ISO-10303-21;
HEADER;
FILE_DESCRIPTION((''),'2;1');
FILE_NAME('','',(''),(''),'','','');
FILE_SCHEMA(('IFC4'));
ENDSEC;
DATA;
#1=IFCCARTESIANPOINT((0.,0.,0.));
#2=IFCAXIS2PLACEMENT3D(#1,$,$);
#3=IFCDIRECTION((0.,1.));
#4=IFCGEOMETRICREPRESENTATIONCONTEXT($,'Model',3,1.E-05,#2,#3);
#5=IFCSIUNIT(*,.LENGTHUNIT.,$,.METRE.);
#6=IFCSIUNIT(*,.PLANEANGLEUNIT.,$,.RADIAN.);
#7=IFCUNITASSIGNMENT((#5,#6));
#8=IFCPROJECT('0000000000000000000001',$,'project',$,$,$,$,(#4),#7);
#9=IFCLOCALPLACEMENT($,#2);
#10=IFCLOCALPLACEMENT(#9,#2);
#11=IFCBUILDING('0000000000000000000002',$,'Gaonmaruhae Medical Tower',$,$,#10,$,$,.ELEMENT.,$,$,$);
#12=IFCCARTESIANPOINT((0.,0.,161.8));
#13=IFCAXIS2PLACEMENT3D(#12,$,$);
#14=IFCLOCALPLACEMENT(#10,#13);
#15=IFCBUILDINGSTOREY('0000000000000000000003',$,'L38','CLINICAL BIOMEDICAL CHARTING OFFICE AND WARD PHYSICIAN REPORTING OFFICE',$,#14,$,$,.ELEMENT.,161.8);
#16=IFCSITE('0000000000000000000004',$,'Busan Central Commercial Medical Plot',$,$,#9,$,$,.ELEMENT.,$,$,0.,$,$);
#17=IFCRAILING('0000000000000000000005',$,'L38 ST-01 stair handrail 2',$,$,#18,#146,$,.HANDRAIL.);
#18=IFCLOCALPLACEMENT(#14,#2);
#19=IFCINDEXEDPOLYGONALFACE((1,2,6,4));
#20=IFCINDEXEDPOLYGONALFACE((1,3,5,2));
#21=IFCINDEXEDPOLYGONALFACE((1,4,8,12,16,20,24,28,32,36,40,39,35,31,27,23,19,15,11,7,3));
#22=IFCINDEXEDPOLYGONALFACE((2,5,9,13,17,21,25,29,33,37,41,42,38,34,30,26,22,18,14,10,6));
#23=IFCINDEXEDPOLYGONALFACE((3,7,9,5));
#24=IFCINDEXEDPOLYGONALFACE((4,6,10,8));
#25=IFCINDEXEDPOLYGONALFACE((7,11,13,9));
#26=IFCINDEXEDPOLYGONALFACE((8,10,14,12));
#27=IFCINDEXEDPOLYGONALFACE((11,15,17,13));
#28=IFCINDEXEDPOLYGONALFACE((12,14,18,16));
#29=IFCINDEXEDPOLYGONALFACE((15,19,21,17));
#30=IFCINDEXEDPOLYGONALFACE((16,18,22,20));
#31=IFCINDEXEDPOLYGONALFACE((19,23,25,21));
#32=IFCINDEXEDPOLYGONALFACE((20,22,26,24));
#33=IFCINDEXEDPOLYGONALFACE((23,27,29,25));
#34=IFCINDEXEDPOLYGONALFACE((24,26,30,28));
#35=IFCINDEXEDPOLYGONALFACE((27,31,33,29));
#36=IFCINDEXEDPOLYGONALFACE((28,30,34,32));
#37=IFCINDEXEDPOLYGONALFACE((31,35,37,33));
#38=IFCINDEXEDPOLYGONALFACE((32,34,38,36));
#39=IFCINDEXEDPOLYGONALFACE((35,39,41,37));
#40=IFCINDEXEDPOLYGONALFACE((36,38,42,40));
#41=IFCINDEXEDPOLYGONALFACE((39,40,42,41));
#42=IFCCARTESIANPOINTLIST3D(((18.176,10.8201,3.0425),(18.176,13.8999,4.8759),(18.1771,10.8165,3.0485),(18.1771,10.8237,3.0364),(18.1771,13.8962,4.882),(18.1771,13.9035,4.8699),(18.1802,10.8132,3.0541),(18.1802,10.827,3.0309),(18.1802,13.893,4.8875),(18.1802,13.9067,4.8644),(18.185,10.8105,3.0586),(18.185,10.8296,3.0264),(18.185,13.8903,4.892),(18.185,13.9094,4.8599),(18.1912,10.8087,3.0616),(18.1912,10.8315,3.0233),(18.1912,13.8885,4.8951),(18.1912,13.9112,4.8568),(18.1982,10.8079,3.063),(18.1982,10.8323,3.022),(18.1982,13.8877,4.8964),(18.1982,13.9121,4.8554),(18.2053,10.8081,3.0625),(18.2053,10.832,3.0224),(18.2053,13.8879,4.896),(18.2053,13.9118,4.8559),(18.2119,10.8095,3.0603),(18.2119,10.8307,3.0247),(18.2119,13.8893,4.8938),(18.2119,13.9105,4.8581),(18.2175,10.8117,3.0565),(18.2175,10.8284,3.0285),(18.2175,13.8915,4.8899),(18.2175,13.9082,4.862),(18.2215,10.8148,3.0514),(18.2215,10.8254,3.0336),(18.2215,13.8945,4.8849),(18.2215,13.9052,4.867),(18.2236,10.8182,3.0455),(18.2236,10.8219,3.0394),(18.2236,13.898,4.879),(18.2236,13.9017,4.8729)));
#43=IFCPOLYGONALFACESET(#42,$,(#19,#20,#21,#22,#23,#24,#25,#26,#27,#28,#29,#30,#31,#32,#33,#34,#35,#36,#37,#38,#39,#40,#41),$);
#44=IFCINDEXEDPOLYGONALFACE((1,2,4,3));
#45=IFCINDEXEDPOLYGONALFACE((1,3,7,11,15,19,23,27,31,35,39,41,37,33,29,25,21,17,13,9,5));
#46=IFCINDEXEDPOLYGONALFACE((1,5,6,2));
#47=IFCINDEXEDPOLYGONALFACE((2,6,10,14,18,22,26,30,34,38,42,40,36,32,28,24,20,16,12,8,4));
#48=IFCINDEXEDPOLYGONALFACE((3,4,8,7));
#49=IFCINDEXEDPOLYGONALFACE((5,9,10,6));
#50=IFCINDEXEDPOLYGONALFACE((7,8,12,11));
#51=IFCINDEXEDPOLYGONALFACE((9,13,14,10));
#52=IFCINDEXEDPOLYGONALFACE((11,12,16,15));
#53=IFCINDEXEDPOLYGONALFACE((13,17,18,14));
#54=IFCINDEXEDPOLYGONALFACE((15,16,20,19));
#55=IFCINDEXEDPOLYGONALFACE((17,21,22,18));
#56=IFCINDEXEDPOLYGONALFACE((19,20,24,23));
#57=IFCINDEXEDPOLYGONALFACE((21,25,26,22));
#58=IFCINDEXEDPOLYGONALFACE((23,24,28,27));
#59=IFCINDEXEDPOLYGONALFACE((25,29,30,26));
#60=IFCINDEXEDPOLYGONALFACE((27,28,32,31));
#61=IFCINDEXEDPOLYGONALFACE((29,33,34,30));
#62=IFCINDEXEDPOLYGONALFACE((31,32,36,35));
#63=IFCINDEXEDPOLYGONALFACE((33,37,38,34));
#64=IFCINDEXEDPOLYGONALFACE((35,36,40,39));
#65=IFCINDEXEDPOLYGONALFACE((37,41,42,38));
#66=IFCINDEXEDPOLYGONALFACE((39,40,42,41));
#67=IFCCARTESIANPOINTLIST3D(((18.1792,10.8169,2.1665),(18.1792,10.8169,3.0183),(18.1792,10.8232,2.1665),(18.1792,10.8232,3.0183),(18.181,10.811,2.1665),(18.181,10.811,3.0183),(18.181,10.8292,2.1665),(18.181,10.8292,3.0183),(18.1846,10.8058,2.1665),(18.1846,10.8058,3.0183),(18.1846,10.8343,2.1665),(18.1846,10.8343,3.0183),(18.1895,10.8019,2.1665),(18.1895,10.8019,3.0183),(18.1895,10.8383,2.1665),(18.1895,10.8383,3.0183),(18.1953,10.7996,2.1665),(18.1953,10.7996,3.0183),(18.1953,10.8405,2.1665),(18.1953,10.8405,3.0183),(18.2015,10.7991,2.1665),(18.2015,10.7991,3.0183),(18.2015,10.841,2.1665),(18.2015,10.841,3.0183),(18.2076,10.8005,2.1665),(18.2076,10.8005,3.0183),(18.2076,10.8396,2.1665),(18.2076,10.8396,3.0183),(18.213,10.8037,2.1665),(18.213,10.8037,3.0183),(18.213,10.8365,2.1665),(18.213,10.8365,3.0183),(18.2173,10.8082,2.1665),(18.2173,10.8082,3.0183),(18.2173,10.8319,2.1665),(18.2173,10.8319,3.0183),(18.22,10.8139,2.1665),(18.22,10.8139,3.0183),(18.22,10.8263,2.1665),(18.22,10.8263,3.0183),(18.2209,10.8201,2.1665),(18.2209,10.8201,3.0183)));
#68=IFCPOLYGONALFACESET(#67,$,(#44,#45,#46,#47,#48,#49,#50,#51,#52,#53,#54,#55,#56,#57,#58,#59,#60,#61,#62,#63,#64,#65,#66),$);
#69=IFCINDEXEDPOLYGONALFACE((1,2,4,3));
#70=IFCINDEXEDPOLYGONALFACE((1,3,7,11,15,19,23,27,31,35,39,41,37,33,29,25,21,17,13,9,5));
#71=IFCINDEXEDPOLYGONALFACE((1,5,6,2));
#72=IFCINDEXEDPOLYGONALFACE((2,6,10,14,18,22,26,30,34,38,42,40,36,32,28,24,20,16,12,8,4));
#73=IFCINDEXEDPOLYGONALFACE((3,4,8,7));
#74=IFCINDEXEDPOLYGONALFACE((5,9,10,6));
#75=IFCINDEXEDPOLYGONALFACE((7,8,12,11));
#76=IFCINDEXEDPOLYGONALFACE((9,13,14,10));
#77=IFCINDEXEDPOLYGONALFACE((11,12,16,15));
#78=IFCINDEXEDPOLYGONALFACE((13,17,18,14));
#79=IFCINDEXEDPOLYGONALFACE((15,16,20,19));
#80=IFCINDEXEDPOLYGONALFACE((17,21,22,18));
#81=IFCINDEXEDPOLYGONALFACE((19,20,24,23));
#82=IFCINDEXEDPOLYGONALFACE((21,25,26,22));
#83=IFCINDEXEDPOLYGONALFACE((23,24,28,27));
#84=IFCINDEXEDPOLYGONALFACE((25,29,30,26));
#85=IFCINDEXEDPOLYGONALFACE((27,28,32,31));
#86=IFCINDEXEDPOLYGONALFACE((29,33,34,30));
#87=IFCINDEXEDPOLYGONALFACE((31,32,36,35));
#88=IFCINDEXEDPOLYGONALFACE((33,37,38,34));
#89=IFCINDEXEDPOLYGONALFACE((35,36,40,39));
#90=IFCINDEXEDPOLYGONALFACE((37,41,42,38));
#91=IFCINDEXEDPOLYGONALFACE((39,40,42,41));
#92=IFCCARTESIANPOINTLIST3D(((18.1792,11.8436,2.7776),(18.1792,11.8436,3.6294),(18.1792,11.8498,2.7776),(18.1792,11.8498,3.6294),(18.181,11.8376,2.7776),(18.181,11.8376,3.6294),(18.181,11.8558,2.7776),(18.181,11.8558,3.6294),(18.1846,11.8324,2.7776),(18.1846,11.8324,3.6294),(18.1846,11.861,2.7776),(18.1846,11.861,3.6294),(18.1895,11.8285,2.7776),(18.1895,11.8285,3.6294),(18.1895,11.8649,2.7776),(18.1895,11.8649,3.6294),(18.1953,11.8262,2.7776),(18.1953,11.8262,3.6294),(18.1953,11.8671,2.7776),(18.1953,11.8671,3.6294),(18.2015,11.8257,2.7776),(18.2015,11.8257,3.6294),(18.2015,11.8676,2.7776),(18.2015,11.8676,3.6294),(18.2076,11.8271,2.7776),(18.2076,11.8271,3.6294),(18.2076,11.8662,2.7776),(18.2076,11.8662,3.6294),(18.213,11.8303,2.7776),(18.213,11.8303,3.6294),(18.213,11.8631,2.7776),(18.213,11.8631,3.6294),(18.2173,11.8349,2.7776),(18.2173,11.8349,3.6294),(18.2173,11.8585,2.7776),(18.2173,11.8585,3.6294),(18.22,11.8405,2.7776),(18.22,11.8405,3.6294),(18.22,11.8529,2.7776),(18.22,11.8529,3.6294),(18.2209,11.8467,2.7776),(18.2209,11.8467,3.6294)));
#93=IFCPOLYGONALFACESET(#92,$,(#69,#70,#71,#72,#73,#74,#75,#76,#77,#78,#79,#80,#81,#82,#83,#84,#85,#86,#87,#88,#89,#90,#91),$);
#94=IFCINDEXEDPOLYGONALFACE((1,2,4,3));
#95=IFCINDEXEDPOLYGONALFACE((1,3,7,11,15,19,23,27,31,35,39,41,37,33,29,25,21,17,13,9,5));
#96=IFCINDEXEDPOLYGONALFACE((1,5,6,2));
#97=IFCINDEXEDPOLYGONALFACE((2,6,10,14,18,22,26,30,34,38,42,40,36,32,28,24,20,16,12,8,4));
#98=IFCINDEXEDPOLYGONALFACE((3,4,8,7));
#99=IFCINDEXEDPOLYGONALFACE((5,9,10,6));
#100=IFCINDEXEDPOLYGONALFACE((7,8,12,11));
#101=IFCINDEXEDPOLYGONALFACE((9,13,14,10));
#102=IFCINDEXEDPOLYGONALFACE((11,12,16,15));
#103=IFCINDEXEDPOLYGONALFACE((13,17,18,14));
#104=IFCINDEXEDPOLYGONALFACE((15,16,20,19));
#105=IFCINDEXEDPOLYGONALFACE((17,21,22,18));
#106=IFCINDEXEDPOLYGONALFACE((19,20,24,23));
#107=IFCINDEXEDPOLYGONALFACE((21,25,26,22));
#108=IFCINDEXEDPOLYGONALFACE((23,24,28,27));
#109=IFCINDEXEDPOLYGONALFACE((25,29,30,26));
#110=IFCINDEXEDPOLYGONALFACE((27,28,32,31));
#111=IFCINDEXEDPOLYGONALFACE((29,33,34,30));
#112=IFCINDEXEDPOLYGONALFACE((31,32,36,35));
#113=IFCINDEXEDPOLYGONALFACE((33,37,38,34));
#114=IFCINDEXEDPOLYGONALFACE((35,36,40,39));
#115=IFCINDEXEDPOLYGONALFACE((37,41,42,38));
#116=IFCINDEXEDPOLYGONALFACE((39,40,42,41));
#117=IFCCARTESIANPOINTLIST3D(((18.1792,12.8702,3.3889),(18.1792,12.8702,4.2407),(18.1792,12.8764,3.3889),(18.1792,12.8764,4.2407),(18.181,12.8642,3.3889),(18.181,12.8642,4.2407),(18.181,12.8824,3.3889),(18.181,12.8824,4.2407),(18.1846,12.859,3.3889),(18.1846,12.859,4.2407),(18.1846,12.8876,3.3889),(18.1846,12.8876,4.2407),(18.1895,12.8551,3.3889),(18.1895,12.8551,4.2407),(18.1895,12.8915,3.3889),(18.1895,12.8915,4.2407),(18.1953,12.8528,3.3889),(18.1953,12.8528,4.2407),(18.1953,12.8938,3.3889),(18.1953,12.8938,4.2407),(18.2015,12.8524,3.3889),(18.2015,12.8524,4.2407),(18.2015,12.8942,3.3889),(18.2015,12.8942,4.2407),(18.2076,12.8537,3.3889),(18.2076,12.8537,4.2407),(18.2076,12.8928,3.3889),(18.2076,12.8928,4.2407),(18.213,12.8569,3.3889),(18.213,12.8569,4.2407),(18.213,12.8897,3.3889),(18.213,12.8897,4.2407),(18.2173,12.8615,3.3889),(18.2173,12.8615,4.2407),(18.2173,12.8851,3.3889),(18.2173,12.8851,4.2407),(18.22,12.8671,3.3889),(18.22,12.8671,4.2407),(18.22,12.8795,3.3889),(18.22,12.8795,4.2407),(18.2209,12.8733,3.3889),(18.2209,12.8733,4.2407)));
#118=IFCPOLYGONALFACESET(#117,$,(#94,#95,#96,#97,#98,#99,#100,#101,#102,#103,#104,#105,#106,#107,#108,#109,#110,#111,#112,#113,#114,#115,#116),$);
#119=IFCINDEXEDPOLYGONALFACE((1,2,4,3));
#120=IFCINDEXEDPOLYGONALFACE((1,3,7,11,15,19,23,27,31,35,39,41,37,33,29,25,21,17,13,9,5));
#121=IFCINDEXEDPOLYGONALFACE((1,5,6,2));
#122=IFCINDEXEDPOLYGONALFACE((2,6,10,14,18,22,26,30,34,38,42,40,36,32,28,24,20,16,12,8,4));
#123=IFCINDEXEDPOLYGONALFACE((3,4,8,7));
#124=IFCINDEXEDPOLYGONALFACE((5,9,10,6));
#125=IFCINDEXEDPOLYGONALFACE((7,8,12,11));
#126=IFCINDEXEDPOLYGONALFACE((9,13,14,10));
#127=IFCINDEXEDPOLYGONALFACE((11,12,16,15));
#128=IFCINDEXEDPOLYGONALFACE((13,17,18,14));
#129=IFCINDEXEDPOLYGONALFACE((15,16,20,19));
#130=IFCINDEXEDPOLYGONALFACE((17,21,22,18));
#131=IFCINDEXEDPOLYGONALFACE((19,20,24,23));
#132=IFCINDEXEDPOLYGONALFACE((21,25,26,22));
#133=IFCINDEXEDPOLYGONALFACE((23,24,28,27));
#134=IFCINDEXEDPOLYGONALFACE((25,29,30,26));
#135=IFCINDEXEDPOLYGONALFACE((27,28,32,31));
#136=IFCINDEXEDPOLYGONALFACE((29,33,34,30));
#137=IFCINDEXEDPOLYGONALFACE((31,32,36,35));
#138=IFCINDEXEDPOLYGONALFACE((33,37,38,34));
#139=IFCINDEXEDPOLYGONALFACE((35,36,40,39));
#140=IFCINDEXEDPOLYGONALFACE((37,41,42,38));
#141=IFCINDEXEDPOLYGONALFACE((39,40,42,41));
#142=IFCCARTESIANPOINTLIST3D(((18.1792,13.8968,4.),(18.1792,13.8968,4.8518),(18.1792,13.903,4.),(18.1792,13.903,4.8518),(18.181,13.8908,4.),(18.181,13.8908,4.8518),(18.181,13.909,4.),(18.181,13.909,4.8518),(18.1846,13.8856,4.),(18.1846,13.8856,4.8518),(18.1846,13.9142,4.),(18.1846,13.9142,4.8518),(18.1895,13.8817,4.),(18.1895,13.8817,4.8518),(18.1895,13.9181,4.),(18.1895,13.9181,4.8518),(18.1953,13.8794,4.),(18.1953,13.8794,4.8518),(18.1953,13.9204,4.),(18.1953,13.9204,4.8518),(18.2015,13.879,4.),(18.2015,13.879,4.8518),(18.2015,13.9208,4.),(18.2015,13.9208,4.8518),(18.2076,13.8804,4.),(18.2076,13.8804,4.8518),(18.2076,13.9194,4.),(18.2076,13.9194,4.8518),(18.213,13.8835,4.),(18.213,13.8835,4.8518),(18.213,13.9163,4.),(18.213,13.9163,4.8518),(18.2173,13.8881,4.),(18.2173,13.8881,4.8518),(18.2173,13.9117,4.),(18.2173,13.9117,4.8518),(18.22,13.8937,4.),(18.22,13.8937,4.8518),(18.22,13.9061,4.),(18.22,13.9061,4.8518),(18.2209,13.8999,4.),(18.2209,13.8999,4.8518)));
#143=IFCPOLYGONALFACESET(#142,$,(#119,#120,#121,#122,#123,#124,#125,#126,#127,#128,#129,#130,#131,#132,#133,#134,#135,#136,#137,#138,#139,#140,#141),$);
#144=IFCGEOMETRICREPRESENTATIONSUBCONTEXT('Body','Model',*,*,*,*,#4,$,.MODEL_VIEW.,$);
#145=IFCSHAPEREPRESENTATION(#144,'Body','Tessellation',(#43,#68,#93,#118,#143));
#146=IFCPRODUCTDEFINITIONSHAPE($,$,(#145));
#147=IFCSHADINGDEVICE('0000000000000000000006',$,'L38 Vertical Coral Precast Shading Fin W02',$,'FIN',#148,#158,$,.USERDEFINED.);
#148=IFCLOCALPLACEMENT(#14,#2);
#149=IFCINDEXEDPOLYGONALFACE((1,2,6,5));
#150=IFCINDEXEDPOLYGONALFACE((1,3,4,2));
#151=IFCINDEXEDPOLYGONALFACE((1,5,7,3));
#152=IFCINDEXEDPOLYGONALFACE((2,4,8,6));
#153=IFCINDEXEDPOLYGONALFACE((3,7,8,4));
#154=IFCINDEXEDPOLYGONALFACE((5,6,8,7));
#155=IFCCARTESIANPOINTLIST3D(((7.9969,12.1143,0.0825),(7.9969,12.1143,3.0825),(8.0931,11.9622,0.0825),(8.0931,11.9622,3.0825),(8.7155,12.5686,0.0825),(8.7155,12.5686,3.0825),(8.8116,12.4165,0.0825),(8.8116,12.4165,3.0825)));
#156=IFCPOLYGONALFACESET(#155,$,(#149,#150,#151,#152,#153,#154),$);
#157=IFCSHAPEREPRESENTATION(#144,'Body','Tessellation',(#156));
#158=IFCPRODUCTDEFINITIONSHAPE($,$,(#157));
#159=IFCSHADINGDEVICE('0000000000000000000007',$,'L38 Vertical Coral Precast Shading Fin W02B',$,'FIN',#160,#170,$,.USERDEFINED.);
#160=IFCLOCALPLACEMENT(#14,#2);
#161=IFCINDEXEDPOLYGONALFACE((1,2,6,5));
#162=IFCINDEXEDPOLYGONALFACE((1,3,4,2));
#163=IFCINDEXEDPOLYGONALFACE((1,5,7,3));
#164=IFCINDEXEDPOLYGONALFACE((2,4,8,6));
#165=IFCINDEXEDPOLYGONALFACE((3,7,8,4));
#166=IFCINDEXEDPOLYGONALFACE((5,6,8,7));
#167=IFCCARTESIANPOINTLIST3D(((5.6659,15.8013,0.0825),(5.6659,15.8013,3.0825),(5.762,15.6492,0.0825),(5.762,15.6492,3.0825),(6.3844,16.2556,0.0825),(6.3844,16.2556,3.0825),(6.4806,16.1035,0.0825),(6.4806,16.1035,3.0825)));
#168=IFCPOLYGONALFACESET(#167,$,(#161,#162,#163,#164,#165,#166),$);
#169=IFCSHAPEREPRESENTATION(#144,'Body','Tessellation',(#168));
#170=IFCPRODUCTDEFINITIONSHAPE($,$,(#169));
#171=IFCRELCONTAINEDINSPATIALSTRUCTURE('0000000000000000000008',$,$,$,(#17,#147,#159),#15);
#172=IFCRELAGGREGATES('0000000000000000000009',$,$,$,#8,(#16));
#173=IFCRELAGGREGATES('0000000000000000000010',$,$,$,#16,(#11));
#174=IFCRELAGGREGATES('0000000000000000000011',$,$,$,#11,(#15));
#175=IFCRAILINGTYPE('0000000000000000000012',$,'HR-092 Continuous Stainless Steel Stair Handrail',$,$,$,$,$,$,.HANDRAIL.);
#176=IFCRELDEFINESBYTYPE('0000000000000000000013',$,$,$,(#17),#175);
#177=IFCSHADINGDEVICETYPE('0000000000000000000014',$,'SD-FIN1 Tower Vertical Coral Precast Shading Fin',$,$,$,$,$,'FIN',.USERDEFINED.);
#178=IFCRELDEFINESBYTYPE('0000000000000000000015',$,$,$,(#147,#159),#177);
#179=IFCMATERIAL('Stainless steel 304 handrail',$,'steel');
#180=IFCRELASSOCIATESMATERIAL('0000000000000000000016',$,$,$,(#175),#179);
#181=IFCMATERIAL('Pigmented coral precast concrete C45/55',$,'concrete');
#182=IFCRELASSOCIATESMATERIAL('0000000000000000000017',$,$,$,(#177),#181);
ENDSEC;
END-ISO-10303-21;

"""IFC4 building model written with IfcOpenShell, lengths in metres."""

from ifc_helpers import new_model, si_unit, direction, frame, origin, origin_2d, place, context, subcontext, project, spatial, rectangle, circle, extrude, material, type_object, element, save


model = new_model("IFC4")

# Units and contexts
model_context = context("Model", 3, precision=1e-05, world=origin(), true_north=direction((0.0, 1.0)))
body_context = subcontext(model_context, "Body", "Model", "MODEL_VIEW")
ifc_project = project(units=[si_unit("LENGTHUNIT", "METRE"), si_unit("PLANEANGLEUNIT", "RADIAN")], contexts=[model_context])

# Site, building, storey
site_placement = place(None, origin())
site = spatial("IfcSite", under=ifc_project, at=site_placement, Name="Busan Central Commercial Medical Plot", CompositionType="ELEMENT", RefElevation=0.0)
building_placement = place(site_placement, origin())
building = spatial("IfcBuilding", under=site, at=building_placement, Name="Gaonmaruhae Medical Tower", CompositionType="ELEMENT")
storey_placement = place(building_placement, frame((0.0, 0.0, 161.8)))
storey = spatial("IfcBuildingStorey", under=building, at=storey_placement, Name="L38", Description="CLINICAL BIOMEDICAL CHARTING OFFICE AND WARD PHYSICIAN REPORTING OFFICE", CompositionType="ELEMENT", Elevation=161.8)

# Railing
ifc_material_1 = material(Name="Stainless steel 304 handrail", Category="steel")
railing_type_1 = type_object("IfcRailingType", Name="HR-092 Continuous Stainless Steel Stair Handrail", PredefinedType="HANDRAIL", material=ifc_material_1)
railing_1_placement = place(storey_placement, frame((18.2, 10.8201, 2.1665)))
element("IfcRailing", 1, at=railing_1_placement, inside=storey, type_object=railing_type_1, Name="L38 ST-01 stair handrail 2", PredefinedType="HANDRAIL", context=body_context, shape_type="SweptSolid", body=[
    extrude(circle(Radius=0.0239, at=origin_2d()), frame((0.0, 0.0, 0.876), z_axis=(0.0, 0.859261, 0.511538), x_axis=(-1.0, 0.0, 0.0)), (0.0, 0.0, 1.0), 3.5842),
    extrude(circle(Radius=0.021, at=origin_2d()), origin(), (0.0, 0.0, 1.0), 0.8518),
    extrude(circle(Radius=0.021, at=origin_2d()), frame((0.0, 1.0266, 0.6111)), (0.0, 0.0, 1.0), 0.8518),
    extrude(circle(Radius=0.021, at=origin_2d()), frame((0.0, 2.0532, 1.2224)), (0.0, 0.0, 1.0), 0.8518),
    extrude(circle(Radius=0.021, at=origin_2d()), frame((0.0, 3.0798, 1.8335)), (0.0, 0.0, 1.0), 0.8518),
])

# Shading devices
ifc_material_2 = material(Name="Pigmented coral precast concrete C45/55", Category="concrete")
shading_device_type = type_object("IfcShadingDeviceType", Name="SD-FIN1 Tower Vertical Coral Precast Shading Fin", ElementType="FIN", PredefinedType="USERDEFINED", material=ifc_material_2)
for number, where, z_axis, x_axis, name in (
    (2, (8.4043, 12.2654, 0.0825), (0.0, 0.0, 1.0), (-0.534352, 0.845262, 0.0), "L38 Vertical Coral Precast Shading Fin W02"),
    (3, (6.0732, 15.9524, 0.0825), (0.0, 0.0, 1.0), (-0.534352, 0.845262, 0.0), "L38 Vertical Coral Precast Shading Fin W02B"),
):
    element("IfcShadingDevice", number, at=place(storey_placement, frame(where, z_axis=z_axis, x_axis=x_axis)), inside=storey, type_object=shading_device_type, Name=name, ObjectType="FIN", PredefinedType="USERDEFINED", context=body_context, shape_type="SweptSolid", body=[
        extrude(rectangle(XDim=0.1799, YDim=0.8501, at=origin_2d()), origin(), (0.0, 0.0, 1.0), 3.0),
    ])

save(model, "model.ifc")
